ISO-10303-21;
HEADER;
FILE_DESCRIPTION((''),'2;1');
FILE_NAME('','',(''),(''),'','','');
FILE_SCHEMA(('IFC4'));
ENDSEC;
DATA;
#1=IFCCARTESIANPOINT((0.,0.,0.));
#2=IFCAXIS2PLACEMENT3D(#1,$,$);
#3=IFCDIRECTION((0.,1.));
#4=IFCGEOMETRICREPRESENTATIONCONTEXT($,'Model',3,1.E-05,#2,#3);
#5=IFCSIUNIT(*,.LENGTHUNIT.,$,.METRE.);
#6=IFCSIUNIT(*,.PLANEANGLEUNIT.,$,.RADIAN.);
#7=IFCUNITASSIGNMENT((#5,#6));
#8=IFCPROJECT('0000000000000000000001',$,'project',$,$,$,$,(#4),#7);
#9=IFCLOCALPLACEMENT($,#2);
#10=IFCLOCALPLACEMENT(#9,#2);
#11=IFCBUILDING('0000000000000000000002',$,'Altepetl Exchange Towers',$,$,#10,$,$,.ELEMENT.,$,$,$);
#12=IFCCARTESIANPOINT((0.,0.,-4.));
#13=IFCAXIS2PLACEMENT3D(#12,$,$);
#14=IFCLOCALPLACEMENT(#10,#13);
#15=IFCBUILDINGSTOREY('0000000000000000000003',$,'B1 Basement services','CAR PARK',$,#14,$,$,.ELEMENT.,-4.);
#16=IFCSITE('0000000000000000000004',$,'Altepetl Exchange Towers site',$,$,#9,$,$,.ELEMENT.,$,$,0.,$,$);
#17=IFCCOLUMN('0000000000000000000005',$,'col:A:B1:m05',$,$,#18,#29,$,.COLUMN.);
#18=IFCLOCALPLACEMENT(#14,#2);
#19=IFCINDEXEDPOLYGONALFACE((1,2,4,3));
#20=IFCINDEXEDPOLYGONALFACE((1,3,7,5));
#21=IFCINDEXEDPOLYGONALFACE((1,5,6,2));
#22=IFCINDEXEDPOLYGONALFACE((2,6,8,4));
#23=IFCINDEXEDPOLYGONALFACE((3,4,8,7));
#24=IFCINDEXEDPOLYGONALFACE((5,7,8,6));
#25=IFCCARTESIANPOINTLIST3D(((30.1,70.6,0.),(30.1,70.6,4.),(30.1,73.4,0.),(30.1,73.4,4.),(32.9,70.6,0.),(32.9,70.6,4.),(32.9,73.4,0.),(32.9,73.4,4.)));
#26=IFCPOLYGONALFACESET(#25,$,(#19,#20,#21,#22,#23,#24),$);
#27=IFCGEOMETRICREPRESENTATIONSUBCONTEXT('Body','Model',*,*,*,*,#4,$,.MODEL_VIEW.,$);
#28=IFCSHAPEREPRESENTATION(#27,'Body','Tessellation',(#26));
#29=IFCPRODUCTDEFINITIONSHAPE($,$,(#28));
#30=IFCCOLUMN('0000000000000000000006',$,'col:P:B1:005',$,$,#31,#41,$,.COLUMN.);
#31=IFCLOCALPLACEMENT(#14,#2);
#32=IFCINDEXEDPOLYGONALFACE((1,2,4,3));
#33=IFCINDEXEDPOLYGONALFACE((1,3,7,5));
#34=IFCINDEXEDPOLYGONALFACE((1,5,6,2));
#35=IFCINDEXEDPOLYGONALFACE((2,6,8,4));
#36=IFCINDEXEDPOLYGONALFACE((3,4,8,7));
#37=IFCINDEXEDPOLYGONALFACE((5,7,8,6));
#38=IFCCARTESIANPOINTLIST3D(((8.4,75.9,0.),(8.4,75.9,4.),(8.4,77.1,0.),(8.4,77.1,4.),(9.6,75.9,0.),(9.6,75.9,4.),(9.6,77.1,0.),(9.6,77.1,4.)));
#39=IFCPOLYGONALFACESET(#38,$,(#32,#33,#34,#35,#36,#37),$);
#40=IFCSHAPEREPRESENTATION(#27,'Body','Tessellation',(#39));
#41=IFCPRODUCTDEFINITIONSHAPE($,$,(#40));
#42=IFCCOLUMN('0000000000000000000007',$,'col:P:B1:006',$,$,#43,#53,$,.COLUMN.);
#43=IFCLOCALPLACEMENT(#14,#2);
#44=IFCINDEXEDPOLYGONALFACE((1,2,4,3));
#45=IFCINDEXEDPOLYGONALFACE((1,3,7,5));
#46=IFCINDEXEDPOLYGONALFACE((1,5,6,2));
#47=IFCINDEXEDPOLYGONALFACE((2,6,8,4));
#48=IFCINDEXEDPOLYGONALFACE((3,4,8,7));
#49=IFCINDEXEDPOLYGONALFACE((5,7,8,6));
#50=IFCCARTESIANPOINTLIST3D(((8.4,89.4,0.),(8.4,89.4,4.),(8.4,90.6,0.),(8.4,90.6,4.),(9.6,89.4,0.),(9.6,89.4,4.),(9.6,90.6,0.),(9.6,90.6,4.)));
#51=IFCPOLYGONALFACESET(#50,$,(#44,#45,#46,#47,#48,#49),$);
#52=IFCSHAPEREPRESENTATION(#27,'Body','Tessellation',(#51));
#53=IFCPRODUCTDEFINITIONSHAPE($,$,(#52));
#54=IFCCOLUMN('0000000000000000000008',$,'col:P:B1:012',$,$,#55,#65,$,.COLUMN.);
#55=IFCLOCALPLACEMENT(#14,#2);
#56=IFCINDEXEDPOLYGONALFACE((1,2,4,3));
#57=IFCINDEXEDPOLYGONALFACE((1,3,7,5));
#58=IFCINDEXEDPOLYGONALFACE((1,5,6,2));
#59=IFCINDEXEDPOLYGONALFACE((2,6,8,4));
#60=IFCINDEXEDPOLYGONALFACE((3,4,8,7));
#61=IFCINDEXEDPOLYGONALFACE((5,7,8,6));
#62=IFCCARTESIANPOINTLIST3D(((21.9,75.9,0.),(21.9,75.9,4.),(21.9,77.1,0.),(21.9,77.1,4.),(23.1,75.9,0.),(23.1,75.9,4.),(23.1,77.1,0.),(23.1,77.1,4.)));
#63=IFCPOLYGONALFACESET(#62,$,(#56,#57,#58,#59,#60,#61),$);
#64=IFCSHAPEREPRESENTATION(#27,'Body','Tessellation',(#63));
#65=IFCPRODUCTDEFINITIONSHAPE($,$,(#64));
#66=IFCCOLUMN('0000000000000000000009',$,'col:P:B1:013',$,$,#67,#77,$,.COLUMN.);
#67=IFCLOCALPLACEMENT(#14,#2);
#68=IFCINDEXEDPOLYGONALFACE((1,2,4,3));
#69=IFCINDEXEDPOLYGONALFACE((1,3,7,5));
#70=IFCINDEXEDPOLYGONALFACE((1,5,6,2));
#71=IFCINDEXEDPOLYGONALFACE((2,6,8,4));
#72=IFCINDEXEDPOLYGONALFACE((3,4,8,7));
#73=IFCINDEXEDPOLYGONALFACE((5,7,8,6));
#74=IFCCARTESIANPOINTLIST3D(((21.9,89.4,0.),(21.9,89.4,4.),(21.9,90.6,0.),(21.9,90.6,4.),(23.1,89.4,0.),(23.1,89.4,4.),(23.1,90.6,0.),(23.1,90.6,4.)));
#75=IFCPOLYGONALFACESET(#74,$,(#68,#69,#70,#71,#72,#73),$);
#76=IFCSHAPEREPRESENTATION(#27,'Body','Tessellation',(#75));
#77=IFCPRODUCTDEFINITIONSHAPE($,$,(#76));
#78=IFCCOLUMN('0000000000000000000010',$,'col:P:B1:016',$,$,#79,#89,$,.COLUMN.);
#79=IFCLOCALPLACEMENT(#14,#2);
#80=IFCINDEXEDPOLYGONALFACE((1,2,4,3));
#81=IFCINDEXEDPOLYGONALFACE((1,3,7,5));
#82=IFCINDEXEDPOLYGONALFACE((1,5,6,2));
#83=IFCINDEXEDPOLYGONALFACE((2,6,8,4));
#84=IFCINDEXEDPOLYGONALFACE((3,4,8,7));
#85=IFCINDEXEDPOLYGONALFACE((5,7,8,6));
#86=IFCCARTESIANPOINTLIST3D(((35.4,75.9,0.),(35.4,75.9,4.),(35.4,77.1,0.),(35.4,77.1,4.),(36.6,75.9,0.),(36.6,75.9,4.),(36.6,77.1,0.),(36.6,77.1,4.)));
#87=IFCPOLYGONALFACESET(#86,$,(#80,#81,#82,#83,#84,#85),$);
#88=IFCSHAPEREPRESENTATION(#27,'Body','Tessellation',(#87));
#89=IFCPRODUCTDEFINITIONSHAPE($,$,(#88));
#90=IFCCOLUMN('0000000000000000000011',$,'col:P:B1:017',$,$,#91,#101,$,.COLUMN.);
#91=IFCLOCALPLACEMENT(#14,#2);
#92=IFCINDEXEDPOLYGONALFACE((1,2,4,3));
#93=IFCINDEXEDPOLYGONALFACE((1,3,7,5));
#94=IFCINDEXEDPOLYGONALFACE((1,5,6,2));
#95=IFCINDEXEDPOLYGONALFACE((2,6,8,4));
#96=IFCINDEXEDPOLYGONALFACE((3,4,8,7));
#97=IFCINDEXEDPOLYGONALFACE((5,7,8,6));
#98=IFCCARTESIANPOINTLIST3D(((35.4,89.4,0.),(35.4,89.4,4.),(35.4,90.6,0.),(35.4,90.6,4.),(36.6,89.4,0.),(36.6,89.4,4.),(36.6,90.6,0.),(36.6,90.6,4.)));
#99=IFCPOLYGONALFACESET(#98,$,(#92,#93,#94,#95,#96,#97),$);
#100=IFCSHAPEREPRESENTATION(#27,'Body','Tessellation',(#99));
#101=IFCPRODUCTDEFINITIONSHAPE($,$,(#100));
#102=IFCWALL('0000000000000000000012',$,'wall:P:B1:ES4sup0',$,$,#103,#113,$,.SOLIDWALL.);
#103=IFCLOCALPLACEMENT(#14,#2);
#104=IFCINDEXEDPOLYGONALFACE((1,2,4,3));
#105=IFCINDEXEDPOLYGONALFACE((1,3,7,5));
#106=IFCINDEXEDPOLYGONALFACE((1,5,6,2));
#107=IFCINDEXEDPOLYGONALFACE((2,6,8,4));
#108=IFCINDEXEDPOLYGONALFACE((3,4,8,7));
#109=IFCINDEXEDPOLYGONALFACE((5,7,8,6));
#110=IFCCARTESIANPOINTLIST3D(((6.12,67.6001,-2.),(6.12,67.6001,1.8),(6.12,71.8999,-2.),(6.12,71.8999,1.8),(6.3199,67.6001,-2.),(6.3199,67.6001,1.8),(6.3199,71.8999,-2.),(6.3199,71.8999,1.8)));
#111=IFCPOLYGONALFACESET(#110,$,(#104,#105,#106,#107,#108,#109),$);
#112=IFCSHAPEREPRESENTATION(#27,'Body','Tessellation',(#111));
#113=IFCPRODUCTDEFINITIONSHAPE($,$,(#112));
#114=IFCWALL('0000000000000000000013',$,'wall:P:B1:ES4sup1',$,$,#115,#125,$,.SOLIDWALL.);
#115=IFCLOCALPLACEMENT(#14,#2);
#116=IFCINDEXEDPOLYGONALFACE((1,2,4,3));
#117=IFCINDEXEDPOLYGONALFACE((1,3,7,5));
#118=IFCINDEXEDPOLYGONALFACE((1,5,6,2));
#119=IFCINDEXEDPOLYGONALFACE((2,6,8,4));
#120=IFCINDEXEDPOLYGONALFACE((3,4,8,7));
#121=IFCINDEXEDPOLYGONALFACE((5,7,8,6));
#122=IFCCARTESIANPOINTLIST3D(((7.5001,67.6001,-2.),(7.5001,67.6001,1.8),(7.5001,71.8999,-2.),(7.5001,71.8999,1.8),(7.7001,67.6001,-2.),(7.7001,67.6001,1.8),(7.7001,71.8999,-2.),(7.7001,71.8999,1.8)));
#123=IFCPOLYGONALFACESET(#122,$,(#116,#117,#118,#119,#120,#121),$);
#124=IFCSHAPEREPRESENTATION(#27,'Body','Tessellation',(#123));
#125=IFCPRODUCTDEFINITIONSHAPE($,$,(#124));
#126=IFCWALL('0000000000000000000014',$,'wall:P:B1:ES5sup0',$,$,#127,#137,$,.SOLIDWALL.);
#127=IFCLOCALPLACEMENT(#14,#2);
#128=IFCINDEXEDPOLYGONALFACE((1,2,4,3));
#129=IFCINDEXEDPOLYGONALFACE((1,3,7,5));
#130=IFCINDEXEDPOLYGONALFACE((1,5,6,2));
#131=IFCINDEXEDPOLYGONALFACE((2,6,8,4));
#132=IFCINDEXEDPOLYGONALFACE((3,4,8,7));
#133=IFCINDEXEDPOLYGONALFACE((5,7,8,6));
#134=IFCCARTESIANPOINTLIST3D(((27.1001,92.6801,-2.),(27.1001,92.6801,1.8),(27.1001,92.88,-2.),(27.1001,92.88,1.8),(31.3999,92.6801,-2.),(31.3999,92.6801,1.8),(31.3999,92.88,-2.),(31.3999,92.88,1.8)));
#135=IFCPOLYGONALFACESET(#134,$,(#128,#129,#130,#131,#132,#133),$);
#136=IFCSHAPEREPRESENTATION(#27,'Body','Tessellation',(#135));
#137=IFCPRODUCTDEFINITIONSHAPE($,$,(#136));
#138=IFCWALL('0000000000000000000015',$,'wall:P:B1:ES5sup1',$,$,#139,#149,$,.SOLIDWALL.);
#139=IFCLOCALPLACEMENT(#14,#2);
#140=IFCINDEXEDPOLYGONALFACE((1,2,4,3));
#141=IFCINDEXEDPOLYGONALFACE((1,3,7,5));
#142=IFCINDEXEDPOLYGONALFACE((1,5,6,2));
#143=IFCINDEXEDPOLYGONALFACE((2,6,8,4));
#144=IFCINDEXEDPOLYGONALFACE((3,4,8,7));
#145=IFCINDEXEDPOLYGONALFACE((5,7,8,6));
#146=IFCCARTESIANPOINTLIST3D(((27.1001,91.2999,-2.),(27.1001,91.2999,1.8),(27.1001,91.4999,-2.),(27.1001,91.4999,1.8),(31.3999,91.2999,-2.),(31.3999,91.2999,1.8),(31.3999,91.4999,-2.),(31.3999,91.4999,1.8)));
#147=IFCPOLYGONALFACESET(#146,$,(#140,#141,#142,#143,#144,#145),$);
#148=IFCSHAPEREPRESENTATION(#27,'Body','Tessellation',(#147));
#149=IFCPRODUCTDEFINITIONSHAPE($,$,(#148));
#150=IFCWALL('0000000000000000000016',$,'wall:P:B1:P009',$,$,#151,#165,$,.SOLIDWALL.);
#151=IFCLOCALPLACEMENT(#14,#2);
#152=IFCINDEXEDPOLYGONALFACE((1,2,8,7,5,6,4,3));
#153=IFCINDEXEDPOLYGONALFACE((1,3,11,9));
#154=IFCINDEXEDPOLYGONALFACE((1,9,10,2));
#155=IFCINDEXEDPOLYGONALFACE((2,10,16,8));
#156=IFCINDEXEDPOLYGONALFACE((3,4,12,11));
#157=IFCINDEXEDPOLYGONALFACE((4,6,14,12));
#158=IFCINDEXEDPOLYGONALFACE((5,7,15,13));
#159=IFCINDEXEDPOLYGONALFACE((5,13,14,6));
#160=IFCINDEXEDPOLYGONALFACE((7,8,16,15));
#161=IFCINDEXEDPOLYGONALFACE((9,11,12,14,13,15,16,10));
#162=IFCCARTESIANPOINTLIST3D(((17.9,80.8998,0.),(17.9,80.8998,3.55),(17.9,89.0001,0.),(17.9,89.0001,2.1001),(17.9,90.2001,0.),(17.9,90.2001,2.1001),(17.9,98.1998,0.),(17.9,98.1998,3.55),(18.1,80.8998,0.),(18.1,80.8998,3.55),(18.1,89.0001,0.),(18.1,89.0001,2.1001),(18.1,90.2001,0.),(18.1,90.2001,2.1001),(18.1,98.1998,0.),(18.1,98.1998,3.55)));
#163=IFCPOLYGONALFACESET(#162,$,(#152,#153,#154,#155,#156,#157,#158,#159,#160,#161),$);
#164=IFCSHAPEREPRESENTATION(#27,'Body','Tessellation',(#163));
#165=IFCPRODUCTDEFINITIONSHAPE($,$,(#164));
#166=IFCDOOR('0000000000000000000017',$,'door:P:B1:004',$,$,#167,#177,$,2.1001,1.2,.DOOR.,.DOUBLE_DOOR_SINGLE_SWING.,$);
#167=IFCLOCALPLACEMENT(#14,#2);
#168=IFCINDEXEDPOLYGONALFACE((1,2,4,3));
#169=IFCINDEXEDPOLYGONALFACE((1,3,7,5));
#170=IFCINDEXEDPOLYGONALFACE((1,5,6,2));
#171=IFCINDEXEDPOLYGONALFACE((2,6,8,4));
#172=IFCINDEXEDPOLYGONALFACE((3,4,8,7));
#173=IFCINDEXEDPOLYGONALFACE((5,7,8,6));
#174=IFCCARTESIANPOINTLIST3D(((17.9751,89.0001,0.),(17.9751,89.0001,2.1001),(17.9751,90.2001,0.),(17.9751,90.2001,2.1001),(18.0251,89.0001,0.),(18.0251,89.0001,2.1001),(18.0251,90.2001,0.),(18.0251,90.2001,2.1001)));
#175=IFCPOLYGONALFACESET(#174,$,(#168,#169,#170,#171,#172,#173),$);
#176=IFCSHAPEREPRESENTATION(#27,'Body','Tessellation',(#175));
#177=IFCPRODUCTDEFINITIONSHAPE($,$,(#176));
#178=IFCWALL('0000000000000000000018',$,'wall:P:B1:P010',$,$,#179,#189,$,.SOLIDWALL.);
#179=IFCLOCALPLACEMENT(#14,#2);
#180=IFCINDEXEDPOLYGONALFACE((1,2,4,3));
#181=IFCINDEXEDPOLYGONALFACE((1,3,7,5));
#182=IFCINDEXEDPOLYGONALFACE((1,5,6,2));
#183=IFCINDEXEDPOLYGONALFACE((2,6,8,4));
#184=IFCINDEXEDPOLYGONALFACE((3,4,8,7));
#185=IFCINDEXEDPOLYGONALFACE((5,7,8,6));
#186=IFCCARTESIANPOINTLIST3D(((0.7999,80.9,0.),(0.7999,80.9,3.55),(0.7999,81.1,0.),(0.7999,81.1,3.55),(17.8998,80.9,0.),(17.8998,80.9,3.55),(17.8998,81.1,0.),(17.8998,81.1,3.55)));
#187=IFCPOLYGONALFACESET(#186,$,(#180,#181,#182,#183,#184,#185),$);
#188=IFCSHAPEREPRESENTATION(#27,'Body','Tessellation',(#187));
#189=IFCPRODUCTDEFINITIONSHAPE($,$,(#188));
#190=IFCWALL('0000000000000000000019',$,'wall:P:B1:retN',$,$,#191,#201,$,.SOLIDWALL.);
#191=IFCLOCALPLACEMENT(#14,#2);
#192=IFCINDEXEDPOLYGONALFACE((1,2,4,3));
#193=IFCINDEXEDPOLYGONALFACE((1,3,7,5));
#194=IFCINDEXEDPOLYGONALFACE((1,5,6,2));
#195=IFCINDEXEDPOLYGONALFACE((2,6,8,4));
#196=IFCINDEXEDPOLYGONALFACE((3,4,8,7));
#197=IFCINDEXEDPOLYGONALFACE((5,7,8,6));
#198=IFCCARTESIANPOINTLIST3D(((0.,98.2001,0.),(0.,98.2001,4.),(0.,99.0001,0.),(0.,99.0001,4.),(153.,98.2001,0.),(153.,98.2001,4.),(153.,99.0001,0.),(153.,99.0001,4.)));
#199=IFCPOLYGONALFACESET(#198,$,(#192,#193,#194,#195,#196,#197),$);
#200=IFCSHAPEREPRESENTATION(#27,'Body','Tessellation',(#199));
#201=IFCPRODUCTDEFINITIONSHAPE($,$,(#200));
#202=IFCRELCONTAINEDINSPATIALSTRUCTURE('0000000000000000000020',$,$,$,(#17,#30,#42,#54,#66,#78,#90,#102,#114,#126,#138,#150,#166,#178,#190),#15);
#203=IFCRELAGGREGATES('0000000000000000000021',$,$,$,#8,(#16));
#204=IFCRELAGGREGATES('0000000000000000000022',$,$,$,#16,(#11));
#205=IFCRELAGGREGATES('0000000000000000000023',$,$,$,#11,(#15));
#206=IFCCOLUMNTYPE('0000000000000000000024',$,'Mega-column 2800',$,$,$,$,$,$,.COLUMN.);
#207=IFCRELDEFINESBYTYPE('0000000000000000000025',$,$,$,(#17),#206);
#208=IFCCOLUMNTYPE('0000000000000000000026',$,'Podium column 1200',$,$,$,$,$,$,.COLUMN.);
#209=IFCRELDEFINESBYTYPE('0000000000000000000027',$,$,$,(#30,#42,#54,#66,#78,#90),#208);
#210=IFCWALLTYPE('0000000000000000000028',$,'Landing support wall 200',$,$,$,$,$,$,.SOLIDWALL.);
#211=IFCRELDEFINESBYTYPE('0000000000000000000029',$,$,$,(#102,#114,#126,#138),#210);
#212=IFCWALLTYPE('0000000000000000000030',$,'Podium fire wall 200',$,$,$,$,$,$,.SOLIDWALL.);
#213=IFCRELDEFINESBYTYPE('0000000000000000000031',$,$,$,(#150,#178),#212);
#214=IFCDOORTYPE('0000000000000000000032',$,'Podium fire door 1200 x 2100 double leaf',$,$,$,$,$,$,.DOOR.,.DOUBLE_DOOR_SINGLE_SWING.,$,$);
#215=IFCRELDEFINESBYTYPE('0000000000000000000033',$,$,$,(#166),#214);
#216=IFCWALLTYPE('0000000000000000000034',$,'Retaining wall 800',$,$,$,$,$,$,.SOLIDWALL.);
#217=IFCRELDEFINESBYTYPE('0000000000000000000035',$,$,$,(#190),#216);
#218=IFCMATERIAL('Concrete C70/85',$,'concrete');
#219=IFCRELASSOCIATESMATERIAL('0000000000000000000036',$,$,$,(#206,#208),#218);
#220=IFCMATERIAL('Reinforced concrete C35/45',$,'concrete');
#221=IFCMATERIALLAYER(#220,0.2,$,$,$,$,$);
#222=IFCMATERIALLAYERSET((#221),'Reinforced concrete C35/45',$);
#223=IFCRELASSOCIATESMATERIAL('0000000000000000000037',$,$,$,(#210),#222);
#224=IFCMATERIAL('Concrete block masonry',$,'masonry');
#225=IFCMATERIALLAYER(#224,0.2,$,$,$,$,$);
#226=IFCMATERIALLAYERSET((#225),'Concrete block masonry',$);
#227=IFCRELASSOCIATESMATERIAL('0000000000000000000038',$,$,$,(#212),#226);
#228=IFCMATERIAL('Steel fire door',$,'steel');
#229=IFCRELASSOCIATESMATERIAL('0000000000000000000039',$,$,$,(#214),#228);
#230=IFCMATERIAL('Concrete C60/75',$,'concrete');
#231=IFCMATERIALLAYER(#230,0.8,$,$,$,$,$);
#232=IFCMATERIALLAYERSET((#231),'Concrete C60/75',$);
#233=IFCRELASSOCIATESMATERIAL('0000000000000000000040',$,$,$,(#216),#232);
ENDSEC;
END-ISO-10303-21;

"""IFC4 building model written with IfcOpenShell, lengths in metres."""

from ifc_helpers import new_model, si_unit, direction, frame, frame_2d, origin, origin_2d, place, context, subcontext, project, spatial, rectangle, extrude, material, layer, layer_set, material_profile, profile_set, type_object, element, fill, save


model = new_model("IFC4")

# Units and contexts
model_context = context("Model", 3, precision=1e-05, world=origin(), true_north=direction((0.0, 1.0)))
body_context = subcontext(model_context, "Body", "Model", "MODEL_VIEW")
ifc_project = project(units=[si_unit("LENGTHUNIT", "METRE"), si_unit("PLANEANGLEUNIT", "RADIAN")], contexts=[model_context])

# Site, building, storey
site_placement = place(None, origin())
site = spatial("IfcSite", under=ifc_project, at=site_placement, Name="Altepetl Exchange Towers site", CompositionType="ELEMENT", RefElevation=0.0)
building_placement = place(site_placement, origin())
building = spatial("IfcBuilding", under=site, at=building_placement, Name="Altepetl Exchange Towers", CompositionType="ELEMENT")
storey_placement = place(building_placement, frame((0.0, 0.0, -4.0)))
storey = spatial("IfcBuildingStorey", under=building, at=storey_placement, Name="B1 Basement services", Description="CAR PARK", CompositionType="ELEMENT", Elevation=-4.0)

# Columns
ifc_material_1 = material(Name="Concrete C70/85", Category="concrete")
ifc_material_profile_1 = material_profile(ifc_material_1, rectangle(XDim=2.8, YDim=2.8, at=origin_2d()), Name="2800 x 2800")
ifc_profile_set_1 = profile_set([ifc_material_profile_1], Name="Concrete C70/85")
column_type_1 = type_object("IfcColumnType", Name="Mega-column 2800", PredefinedType="COLUMN", material=ifc_profile_set_1)
column_placement = place(storey_placement, frame((31.5, 72.0, 0.0)))
element("IfcColumn", 1, at=column_placement, inside=storey, type_object=column_type_1, Name="col:A:B1:m05", PredefinedType="COLUMN", context=body_context, shape_type="SweptSolid", body=[
    extrude(rectangle(XDim=2.8, YDim=2.8, at=origin_2d()), origin(), (0.0, 0.0, 1.0), 4.0),
])
ifc_material_profile_2 = material_profile(ifc_material_1, rectangle(XDim=1.2, YDim=1.2, at=origin_2d()), Name="1200 x 1200")
ifc_profile_set_2 = profile_set([ifc_material_profile_2], Name="Concrete C70/85")
column_type_2 = type_object("IfcColumnType", Name="Podium column 1200", PredefinedType="COLUMN", material=ifc_profile_set_2)
for number, where, name in (
    (2, (9.0, 76.5, 0.0), "col:P:B1:005"),
    (3, (9.0, 90.0, 0.0), "col:P:B1:006"),
    (4, (22.5, 76.5, 0.0), "col:P:B1:012"),
    (5, (22.5, 90.0, 0.0), "col:P:B1:013"),
    (6, (36.0, 76.5, 0.0), "col:P:B1:016"),
    (7, (36.0, 90.0, 0.0), "col:P:B1:017"),
):
    element("IfcColumn", number, at=place(storey_placement, frame(where)), inside=storey, type_object=column_type_2, Name=name, PredefinedType="COLUMN", context=body_context, shape_type="SweptSolid", body=[
        extrude(rectangle(XDim=1.2, YDim=1.2, at=origin_2d()), origin(), (0.0, 0.0, 1.0), 4.0),
    ])

# Walls
ifc_material_2 = material(Name="Reinforced concrete C35/45", Category="concrete")
ifc_layer_1 = layer(ifc_material_2, 0.2)
ifc_layer_set_1 = layer_set([ifc_layer_1], Name="Reinforced concrete C35/45")
wall_type_1 = type_object("IfcWallType", Name="Landing support wall 200", PredefinedType="SOLIDWALL", material=ifc_layer_set_1)
for number, where, z_axis, x_axis, name in (
    (8, (6.22, 71.8999, -2.0), (0.0, 0.0, 1.0), (0.0, -1.0, 0.0), "wall:P:B1:ES4sup0"),
    (9, (7.6001, 71.8999, -2.0), (0.0, 0.0, 1.0), (0.0, -1.0, 0.0), "wall:P:B1:ES4sup1"),
    (10, (31.3999, 92.78, -2.0), (0.0, 0.0, 1.0), (-1.0, 0.0, 0.0), "wall:P:B1:ES5sup0"),
    (11, (31.3999, 91.3999, -2.0), (0.0, 0.0, 1.0), (-1.0, 0.0, 0.0), "wall:P:B1:ES5sup1"),
):
    element("IfcWall", number, at=place(storey_placement, frame(where, z_axis=z_axis, x_axis=x_axis)), inside=storey, type_object=wall_type_1, Name=name, PredefinedType="SOLIDWALL", context=body_context, shape_type="SweptSolid", body=[
        extrude(rectangle(XDim=4.2998, YDim=0.2, at=frame_2d((2.1499, 0.0))), origin(), (0.0, 0.0, 1.0), 3.8),
    ])

# Wall, opening, door
ifc_material_3 = material(Name="Concrete block masonry", Category="masonry")
ifc_layer_2 = layer(ifc_material_3, 0.2)
ifc_layer_set_2 = layer_set([ifc_layer_2], Name="Concrete block masonry")
wall_type_2 = type_object("IfcWallType", Name="Podium fire wall 200", PredefinedType="SOLIDWALL", material=ifc_layer_set_2)
wall_1_placement = place(storey_placement, frame((18.0, 80.8999, 0.0), z_axis=(0.0, 0.0, 1.0), x_axis=(0.0, 1.0, 0.0)))
wall_1 = element("IfcWall", 12, at=wall_1_placement, inside=storey, type_object=wall_type_2, Name="wall:P:B1:P009", PredefinedType="SOLIDWALL", context=body_context, shape_type="SweptSolid", body=[
    extrude(rectangle(XDim=17.3, YDim=0.2, at=frame_2d((8.6499, 0.0))), origin(), (0.0, 0.0, 1.0), 3.55),
])
opening_1_placement = place(wall_1_placement, frame((8.1001, 0.0, 0.0)))
opening_1 = element("IfcOpeningElement", 13, at=opening_1_placement, cuts=wall_1, PredefinedType="OPENING", context=body_context, shape_type="SweptSolid", body=[
    extrude(rectangle(XDim=1.2, YDim=2.1001, at=frame_2d((0.6001, 1.05))), frame((0.0, 0.1099, 0.0), z_axis=(0.0, -1.0, 0.0), x_axis=(1.0, 0.0, 0.0)), (0.0, 0.0, 1.0), 0.22),
])
ifc_material_4 = material(Name="Steel fire door", Category="steel")
door_type_1 = type_object("IfcDoorType", Name="Podium fire door 1200 x 2100 double leaf", OperationType="DOUBLE_DOOR_SINGLE_SWING", PredefinedType="DOOR", material=ifc_material_4)
door_1_placement = place(opening_1_placement, origin())
door_1 = element("IfcDoor", 14, at=door_1_placement, inside=storey, type_object=door_type_1, Name="door:P:B1:004", OperationType="DOUBLE_DOOR_SINGLE_SWING", OverallHeight=2.1001, OverallWidth=1.2, PredefinedType="DOOR", context=body_context, shape_type="SweptSolid", body=[
    extrude(rectangle(XDim=1.2, YDim=2.1001, at=frame_2d((0.6001, 1.05))), frame((0.0, 0.0249, 0.0), z_axis=(0.0, -1.0, 0.0), x_axis=(1.0, 0.0, 0.0)), (0.0, 0.0, 1.0), 0.05),
])
fill(opening_1, door_1)

# Walls
wall_2_placement = place(storey_placement, frame((0.8, 81.0, 0.0)))
element("IfcWall", 15, at=wall_2_placement, inside=storey, type_object=wall_type_2, Name="wall:P:B1:P010", PredefinedType="SOLIDWALL", context=body_context, shape_type="SweptSolid", body=[
    extrude(rectangle(XDim=17.0999, YDim=0.2, at=frame_2d((8.5498, 0.0))), origin(), (0.0, 0.0, 1.0), 3.55),
])
ifc_material_5 = material(Name="Concrete C60/75", Category="concrete")
ifc_layer_3 = layer(ifc_material_5, 0.8)
ifc_layer_set_3 = layer_set([ifc_layer_3], Name="Concrete C60/75")
wall_type_3 = type_object("IfcWallType", Name="Retaining wall 800", PredefinedType="SOLIDWALL", material=ifc_layer_set_3)
wall_3_placement = place(storey_placement, frame((0.0, 98.6001, 0.0)))
element("IfcWall", 16, at=wall_3_placement, inside=storey, type_object=wall_type_3, Name="wall:P:B1:retN", PredefinedType="SOLIDWALL", context=body_context, shape_type="SweptSolid", body=[
    extrude(rectangle(XDim=153.0, YDim=0.8, at=frame_2d((76.5, 0.0))), origin(), (0.0, 0.0, 1.0), 4.0),
])

save(model, "model.ifc")
